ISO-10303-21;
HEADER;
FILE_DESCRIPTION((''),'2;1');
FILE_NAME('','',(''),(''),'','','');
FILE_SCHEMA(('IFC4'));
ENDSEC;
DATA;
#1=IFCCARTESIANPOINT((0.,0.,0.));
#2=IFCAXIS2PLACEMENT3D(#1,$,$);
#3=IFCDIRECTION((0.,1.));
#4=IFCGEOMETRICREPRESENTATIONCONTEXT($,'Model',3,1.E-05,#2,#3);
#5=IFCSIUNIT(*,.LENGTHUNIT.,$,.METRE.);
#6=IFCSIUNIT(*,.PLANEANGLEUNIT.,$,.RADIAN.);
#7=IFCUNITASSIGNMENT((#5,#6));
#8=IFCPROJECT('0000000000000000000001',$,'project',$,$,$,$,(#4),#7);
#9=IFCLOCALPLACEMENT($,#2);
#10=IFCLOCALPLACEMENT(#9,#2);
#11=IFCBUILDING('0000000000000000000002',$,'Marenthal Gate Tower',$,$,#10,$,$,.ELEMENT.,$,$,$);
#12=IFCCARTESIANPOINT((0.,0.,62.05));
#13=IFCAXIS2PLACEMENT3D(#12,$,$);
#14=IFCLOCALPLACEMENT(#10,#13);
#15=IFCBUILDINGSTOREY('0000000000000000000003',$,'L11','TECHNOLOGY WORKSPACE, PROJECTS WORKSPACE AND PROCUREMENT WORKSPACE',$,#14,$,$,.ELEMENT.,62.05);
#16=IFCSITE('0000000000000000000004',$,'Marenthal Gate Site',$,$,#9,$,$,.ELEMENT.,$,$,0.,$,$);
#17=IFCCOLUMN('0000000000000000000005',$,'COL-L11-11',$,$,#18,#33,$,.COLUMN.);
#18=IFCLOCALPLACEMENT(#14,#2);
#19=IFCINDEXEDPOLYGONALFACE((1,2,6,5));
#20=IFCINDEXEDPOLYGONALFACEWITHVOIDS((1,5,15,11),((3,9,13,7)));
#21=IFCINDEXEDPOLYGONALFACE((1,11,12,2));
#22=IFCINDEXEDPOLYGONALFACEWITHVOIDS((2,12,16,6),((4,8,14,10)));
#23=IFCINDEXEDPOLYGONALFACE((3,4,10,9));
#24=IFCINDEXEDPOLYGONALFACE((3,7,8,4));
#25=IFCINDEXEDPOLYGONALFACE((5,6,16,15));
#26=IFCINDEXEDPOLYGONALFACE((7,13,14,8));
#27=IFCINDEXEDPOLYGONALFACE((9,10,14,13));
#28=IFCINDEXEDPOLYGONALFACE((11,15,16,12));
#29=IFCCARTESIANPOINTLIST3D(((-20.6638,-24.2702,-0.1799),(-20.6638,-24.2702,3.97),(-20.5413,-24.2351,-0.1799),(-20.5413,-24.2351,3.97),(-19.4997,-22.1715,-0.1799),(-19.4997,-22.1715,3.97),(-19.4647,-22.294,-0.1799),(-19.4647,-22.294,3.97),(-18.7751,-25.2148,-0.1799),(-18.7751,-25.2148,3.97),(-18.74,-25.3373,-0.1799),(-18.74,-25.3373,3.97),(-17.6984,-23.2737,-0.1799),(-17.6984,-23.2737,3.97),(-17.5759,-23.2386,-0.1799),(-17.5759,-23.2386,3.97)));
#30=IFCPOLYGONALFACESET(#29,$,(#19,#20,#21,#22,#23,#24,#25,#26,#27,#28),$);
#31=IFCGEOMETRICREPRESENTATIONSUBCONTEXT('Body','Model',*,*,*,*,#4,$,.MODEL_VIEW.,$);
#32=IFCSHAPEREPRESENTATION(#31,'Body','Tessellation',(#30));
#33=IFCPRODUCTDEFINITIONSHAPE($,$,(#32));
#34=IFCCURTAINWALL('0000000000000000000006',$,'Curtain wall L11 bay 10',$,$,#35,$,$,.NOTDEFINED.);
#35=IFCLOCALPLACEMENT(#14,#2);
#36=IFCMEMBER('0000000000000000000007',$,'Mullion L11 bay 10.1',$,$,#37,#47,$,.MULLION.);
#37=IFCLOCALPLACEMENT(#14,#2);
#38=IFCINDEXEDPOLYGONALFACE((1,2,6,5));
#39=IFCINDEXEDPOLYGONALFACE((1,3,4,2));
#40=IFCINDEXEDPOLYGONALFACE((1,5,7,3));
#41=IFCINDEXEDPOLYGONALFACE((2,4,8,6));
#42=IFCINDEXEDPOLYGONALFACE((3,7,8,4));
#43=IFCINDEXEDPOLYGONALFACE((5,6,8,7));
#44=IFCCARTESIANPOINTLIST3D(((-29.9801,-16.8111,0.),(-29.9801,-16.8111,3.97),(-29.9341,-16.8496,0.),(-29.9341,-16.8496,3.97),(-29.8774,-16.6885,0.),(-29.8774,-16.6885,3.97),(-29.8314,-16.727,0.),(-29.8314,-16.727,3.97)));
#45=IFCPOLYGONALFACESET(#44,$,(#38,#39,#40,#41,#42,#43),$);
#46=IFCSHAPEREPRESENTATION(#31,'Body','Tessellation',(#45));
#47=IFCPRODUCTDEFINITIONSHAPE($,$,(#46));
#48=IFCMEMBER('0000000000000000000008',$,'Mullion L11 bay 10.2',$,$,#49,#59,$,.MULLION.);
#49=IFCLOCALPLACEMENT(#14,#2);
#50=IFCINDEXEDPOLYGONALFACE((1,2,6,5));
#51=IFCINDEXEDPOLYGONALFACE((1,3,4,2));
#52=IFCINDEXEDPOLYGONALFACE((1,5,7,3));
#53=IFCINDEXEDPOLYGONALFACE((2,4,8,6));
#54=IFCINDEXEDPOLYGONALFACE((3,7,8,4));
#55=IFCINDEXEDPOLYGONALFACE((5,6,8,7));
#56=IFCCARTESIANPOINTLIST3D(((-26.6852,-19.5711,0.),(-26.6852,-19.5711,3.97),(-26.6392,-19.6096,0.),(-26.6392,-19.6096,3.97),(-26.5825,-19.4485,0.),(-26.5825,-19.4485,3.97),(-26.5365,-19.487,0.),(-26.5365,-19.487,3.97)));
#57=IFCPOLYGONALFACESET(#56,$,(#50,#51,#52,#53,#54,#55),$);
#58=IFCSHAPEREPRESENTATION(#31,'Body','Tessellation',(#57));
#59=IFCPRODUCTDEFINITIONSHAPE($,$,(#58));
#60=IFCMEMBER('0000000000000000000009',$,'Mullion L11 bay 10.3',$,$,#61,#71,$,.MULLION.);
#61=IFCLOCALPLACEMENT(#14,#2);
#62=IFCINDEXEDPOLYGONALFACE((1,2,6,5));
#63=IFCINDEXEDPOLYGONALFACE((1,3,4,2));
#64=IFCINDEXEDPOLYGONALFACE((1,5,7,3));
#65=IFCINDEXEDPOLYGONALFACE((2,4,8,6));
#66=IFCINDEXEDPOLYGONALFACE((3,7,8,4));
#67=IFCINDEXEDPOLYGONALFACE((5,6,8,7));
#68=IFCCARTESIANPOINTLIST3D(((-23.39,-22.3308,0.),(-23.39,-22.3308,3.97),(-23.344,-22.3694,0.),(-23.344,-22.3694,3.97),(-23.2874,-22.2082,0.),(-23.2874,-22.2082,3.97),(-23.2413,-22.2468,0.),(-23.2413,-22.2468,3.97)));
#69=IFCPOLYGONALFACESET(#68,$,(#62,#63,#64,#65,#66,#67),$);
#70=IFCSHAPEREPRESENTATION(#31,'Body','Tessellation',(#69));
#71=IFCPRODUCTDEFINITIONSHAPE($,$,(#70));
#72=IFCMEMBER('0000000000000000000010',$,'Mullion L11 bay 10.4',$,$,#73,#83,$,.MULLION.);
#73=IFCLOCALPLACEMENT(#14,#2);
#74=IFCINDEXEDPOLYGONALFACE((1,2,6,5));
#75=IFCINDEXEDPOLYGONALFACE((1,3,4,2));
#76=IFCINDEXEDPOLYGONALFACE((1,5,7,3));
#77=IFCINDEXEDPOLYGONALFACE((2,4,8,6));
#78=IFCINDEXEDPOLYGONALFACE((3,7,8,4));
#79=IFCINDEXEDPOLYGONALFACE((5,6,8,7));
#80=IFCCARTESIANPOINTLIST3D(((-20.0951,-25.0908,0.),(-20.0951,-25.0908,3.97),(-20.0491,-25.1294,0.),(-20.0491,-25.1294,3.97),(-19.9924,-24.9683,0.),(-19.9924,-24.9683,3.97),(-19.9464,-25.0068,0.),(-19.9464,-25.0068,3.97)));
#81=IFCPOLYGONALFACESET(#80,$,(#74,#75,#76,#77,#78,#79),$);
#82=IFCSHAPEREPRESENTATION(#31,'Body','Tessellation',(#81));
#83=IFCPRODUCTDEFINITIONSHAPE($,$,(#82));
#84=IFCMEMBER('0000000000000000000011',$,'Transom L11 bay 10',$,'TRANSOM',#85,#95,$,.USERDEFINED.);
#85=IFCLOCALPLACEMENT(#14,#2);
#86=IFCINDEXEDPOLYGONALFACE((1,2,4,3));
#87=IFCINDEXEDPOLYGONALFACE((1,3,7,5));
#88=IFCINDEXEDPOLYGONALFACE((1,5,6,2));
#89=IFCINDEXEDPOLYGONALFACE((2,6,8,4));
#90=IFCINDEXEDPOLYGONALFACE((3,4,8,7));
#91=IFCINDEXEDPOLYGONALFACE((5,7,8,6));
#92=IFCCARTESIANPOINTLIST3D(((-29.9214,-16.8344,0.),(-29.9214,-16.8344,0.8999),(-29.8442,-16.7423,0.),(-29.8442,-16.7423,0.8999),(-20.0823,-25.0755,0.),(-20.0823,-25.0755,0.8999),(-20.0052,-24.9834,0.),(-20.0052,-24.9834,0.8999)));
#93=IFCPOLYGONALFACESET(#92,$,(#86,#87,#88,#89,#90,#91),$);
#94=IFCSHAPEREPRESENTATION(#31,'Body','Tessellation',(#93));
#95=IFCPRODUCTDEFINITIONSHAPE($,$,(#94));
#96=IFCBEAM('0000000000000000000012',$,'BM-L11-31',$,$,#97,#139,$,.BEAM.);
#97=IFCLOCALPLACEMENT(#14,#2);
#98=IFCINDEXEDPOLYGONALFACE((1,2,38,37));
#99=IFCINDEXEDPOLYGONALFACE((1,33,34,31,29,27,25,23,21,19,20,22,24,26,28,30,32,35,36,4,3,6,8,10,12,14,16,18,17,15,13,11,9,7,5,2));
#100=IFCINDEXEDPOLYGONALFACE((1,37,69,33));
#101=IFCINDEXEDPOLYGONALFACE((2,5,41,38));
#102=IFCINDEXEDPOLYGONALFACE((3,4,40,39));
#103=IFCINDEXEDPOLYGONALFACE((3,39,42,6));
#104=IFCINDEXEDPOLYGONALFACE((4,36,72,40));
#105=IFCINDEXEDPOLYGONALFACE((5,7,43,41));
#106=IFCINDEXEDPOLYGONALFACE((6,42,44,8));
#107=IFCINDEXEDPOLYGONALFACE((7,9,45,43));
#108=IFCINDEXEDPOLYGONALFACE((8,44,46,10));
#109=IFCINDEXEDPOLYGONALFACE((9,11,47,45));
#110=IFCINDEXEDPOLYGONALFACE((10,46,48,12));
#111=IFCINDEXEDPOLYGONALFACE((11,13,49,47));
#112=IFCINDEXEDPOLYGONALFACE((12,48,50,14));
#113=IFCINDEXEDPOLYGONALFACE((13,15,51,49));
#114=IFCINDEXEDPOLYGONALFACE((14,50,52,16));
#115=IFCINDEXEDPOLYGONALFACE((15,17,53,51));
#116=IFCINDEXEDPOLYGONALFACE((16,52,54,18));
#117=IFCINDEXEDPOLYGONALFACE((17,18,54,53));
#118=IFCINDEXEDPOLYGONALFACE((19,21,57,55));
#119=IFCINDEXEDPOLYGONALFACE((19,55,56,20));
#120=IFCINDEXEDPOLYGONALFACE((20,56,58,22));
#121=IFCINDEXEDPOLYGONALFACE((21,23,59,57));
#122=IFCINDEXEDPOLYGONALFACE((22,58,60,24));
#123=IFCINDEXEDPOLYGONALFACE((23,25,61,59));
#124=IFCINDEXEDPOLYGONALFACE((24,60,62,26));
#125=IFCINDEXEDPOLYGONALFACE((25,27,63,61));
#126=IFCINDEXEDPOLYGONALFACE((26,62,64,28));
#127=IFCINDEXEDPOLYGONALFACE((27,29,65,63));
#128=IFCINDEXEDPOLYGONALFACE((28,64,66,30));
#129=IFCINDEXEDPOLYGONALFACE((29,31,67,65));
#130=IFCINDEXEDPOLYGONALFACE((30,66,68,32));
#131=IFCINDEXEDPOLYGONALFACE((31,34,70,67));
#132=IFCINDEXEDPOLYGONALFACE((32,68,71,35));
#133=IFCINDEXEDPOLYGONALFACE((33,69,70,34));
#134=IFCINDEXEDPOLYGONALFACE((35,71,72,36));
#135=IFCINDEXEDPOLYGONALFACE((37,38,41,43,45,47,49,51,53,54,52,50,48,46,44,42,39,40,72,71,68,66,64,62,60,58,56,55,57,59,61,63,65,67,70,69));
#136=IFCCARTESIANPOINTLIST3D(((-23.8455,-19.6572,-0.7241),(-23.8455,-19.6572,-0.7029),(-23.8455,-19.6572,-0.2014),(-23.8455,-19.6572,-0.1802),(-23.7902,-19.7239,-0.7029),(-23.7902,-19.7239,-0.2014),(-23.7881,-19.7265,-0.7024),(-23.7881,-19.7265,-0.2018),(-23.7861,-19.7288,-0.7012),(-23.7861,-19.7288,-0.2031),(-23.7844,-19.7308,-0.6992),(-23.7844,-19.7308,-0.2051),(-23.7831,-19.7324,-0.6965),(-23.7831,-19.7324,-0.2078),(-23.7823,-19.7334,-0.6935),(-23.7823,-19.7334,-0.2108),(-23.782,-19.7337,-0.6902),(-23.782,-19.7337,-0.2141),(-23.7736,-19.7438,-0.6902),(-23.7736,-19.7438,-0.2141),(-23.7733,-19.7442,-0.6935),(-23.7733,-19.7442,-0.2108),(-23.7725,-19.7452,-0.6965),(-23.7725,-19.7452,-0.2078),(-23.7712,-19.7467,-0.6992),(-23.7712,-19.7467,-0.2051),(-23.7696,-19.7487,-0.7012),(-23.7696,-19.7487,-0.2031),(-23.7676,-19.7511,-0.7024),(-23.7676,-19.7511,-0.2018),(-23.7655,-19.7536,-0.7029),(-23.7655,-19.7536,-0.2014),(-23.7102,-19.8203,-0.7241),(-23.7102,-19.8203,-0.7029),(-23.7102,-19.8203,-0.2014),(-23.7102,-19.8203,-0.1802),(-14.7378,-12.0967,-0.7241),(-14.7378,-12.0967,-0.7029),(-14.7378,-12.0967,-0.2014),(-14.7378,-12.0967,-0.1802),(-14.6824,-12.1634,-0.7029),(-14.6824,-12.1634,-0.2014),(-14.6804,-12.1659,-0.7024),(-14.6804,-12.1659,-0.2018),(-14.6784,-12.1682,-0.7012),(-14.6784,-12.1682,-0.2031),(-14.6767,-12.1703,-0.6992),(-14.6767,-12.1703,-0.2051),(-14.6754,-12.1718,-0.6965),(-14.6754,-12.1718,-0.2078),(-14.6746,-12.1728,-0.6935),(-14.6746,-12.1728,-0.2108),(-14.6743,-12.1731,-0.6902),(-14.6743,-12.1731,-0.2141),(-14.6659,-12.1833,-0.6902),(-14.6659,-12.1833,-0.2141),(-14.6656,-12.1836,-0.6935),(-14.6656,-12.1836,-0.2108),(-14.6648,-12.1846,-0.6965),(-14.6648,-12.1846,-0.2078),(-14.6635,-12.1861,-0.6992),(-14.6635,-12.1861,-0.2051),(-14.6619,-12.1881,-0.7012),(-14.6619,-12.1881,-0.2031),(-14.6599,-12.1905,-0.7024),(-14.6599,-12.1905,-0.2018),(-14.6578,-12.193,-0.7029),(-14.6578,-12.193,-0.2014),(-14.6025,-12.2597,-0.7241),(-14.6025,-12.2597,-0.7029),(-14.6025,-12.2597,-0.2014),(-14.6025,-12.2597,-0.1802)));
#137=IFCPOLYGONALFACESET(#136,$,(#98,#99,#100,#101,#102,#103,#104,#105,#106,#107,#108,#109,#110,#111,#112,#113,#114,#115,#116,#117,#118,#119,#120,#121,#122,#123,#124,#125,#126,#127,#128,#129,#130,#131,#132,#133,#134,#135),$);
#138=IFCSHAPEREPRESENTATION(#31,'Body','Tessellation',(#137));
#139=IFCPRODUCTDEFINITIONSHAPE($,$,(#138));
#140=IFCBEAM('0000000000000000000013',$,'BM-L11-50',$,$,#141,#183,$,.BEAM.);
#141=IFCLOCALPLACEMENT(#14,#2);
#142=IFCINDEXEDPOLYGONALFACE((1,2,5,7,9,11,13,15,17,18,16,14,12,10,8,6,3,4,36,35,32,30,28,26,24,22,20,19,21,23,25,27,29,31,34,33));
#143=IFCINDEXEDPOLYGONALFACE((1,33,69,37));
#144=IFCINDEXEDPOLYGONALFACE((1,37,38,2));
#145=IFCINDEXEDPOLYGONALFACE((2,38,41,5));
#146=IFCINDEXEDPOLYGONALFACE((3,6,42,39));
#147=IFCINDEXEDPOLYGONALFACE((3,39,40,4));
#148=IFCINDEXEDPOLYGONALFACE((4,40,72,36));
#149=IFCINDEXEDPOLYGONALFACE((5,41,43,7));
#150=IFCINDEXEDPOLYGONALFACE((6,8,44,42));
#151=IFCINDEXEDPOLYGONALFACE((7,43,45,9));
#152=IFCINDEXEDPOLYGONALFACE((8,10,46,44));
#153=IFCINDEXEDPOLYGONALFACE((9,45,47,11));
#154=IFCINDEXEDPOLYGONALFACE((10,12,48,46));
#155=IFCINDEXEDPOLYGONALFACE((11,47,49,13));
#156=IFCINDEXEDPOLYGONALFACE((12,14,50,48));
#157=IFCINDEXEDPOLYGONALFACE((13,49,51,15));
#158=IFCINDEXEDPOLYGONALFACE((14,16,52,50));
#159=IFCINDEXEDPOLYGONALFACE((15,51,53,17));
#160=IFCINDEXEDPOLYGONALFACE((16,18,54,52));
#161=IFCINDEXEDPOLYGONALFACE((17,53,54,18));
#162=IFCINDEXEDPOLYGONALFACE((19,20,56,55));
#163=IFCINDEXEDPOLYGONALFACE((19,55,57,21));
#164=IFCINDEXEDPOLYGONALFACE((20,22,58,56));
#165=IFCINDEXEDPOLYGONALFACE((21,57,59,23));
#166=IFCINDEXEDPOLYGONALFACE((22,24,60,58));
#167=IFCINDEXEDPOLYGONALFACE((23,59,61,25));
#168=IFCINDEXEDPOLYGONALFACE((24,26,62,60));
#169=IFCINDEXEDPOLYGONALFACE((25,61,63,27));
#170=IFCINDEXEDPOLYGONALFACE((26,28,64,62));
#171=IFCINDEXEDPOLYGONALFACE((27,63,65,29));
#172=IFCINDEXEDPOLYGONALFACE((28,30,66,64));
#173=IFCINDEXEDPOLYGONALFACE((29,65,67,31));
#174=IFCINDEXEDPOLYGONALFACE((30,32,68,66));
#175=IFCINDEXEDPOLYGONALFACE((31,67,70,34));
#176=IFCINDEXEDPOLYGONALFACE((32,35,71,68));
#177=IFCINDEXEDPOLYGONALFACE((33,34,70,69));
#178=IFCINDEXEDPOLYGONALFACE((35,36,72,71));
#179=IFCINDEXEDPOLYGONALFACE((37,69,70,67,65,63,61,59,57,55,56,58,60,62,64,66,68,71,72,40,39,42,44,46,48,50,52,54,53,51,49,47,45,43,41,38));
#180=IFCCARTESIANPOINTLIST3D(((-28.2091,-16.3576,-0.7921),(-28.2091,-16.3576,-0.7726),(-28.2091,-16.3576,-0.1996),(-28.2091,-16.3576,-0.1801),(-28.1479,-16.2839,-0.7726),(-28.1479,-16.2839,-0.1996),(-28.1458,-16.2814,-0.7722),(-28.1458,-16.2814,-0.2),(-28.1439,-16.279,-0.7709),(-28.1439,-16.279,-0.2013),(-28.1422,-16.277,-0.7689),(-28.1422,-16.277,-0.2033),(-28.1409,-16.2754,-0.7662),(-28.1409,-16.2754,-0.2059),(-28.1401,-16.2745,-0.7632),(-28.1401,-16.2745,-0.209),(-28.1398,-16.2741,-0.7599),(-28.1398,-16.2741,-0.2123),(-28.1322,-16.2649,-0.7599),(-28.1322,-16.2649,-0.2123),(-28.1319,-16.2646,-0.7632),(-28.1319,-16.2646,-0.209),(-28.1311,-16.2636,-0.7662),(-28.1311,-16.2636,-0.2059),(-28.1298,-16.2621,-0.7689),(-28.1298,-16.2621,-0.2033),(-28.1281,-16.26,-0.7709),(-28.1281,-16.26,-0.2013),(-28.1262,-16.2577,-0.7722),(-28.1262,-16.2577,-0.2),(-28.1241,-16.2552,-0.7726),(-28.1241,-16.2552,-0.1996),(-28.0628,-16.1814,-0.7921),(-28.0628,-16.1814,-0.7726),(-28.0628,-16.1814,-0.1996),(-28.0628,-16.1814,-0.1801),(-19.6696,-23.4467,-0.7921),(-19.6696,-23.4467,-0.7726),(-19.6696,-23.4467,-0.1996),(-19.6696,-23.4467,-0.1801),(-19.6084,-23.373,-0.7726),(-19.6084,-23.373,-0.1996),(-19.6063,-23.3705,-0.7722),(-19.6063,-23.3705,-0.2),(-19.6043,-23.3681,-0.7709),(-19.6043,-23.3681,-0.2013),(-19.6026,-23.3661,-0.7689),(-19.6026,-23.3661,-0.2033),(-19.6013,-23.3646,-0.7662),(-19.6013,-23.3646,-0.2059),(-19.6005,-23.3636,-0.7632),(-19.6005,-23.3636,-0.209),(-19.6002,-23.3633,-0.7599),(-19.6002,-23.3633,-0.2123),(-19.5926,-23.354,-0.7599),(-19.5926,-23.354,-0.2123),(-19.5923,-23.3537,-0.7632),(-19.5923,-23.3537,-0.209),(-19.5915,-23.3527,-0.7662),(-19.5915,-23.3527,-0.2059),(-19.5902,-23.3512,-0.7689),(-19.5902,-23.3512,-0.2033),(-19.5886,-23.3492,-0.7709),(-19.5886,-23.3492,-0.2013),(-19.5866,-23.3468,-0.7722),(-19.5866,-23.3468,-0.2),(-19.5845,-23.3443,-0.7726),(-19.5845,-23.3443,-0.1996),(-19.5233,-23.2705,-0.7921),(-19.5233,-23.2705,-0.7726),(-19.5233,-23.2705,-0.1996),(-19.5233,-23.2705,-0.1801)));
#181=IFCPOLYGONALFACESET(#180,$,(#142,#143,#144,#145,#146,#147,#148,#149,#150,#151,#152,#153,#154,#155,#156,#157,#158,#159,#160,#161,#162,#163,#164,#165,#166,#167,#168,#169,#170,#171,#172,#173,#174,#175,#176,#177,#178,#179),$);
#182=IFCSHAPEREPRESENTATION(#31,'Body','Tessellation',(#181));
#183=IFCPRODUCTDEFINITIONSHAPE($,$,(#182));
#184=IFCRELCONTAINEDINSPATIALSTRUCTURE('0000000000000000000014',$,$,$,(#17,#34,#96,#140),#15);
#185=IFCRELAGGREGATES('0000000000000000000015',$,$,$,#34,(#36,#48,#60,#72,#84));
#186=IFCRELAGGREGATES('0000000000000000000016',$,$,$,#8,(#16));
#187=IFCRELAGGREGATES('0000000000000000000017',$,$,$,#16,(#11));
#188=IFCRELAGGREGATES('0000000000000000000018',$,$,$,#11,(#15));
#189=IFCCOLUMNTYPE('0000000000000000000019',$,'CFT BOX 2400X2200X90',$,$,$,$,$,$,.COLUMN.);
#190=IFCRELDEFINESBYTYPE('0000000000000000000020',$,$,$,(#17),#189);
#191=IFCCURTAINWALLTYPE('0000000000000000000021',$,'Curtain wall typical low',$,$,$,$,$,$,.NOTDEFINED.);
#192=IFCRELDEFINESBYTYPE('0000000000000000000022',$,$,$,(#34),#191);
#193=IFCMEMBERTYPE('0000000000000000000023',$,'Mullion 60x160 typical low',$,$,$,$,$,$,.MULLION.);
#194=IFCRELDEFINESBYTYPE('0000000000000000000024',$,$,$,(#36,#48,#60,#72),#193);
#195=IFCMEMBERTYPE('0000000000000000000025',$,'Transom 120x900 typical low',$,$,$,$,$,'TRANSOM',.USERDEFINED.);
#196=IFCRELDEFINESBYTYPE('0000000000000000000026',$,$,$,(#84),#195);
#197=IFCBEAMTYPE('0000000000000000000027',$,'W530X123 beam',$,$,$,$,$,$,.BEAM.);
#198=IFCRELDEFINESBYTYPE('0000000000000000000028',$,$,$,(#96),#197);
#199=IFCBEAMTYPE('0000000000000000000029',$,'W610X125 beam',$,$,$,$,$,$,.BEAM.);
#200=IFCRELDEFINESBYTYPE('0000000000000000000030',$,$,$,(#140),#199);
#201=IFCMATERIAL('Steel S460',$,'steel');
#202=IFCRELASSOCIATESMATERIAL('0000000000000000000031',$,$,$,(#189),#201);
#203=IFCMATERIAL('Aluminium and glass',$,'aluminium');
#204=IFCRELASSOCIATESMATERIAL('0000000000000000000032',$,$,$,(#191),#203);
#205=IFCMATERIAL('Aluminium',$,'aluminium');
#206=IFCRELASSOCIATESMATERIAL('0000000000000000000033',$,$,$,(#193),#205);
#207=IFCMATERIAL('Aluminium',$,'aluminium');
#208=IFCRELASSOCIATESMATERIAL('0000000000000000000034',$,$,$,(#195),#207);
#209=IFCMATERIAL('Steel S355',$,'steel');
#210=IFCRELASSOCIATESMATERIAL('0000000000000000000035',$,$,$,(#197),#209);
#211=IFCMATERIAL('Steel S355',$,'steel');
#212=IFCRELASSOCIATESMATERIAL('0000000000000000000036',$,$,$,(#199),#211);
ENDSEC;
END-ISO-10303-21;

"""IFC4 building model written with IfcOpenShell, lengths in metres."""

from ifc_helpers import new_model, si_unit, direction, frame, origin, origin_2d, place, context, subcontext, project, spatial, rectangle, hollow_rectangle, i_section, extrude, material, material_profile, profile_set, type_object, element, aggregate, save


model = new_model("IFC4")

# Units and contexts
model_context = context("Model", 3, precision=1e-05, world=origin(), true_north=direction((0.0, 1.0)))
body_context = subcontext(model_context, "Body", "Model", "MODEL_VIEW")
ifc_project = project(units=[si_unit("LENGTHUNIT", "METRE"), si_unit("PLANEANGLEUNIT", "RADIAN")], contexts=[model_context])

# Site, building, storey
site_placement = place(None, origin())
site = spatial("IfcSite", under=ifc_project, at=site_placement, Name="Marenthal Gate Site", CompositionType="ELEMENT", RefElevation=0.0)
building_placement = place(site_placement, origin())
building = spatial("IfcBuilding", under=site, at=building_placement, Name="Marenthal Gate Tower", CompositionType="ELEMENT")
storey_placement = place(building_placement, frame((0.0, 0.0, 62.05)))
storey = spatial("IfcBuildingStorey", under=building, at=storey_placement, Name="L11", Description="TECHNOLOGY WORKSPACE, PROJECTS WORKSPACE AND PROCUREMENT WORKSPACE", CompositionType="ELEMENT", Elevation=62.05)

# Column
ifc_material_1 = material(Name="Steel S460", Category="steel")
ifc_material_profile_1 = material_profile(ifc_material_1, hollow_rectangle(XDim=2.2, YDim=2.3999, WallThickness=0.0901, at=origin_2d()), Name="CFT BOX 2400X2200X90")
ifc_material_2 = material(Name="Concrete 70 MPa", Category="concrete")
ifc_material_profile_2 = material_profile(ifc_material_2, rectangle(XDim=2.02, YDim=2.22, at=origin_2d()), Name="CFT BOX 2400X2200X90 INFILL")
ifc_profile_set_1 = profile_set([ifc_material_profile_1, ifc_material_profile_2], Name="Steel S460 shell, Concrete 70 MPa infill")
column_type = type_object("IfcColumnType", Name="CFT BOX 2400X2200X90", PredefinedType="COLUMN", material=ifc_profile_set_1)
column_placement = place(storey_placement, frame((-19.1199, -23.7544, -0.1799), z_axis=(0.0, 0.0, 1.0), x_axis=(-0.874483, 0.485055, 0.0)))
element("IfcColumn", 1, at=column_placement, inside=storey, type_object=column_type, Name="COL-L11-11", PredefinedType="COLUMN", context=body_context, shape_type="SweptSolid", body=[
    extrude(hollow_rectangle(XDim=2.2, YDim=2.3999, WallThickness=0.0901, at=origin_2d()), origin(), (0.0, 0.0, 1.0), 4.1499),
])

# Curtain wall, members
ifc_material_3 = material(Name="Aluminium and glass", Category="aluminium")
curtain_wall_type = type_object("IfcCurtainWallType", Name="Curtain wall typical low", PredefinedType="NOTDEFINED", material=ifc_material_3)
curtain_wall_placement = place(storey_placement, origin())
curtain_wall = element("IfcCurtainWall", 2, at=curtain_wall_placement, inside=storey, type_object=curtain_wall_type, Name="Curtain wall L11 bay 10", PredefinedType="NOTDEFINED")
ifc_material_4 = material(Name="Aluminium", Category="aluminium")
ifc_material_profile_3 = material_profile(ifc_material_4, rectangle(XDim=0.1599, YDim=0.0601, at=origin_2d()), Name="60x160 aluminium mullion")
ifc_profile_set_2 = profile_set([ifc_material_profile_3], Name="Aluminium")
member_type_1 = type_object("IfcMemberType", Name="Mullion 60x160 typical low", PredefinedType="MULLION", material=ifc_profile_set_2)
member_1_placement = place(storey_placement, frame((-29.9058, -16.769, 0.0), z_axis=(0.0, 0.0, 1.0), x_axis=(0.642112, 0.766611, 0.0)))
member_1 = element("IfcMember", 3, at=member_1_placement, type_object=member_type_1, Name="Mullion L11 bay 10.1", PredefinedType="MULLION", context=body_context, shape_type="SweptSolid", body=[
    extrude(rectangle(XDim=0.1599, YDim=0.0601, at=origin_2d()), origin(), (0.0, 0.0, 1.0), 3.97),
])
member_2_placement = place(storey_placement, frame((-26.6108, -19.5291, 0.0), z_axis=(0.0, 0.0, 1.0), x_axis=(0.642112, 0.766611, 0.0)))
member_2 = element("IfcMember", 4, at=member_2_placement, type_object=member_type_1, Name="Mullion L11 bay 10.2", PredefinedType="MULLION", context=body_context, shape_type="SweptSolid", body=[
    extrude(rectangle(XDim=0.1599, YDim=0.0601, at=origin_2d()), origin(), (0.0, 0.0, 1.0), 3.97),
])
member_3_placement = place(storey_placement, frame((-23.3157, -22.2888, 0.0), z_axis=(0.0, 0.0, 1.0), x_axis=(0.642112, 0.766611, 0.0)))
member_3 = element("IfcMember", 5, at=member_3_placement, type_object=member_type_1, Name="Mullion L11 bay 10.3", PredefinedType="MULLION", context=body_context, shape_type="SweptSolid", body=[
    extrude(rectangle(XDim=0.1599, YDim=0.0601, at=origin_2d()), origin(), (0.0, 0.0, 1.0), 3.97),
])
member_4_placement = place(storey_placement, frame((-20.0208, -25.0488, 0.0), z_axis=(0.0, 0.0, 1.0), x_axis=(0.642112, 0.766611, 0.0)))
member_4 = element("IfcMember", 6, at=member_4_placement, type_object=member_type_1, Name="Mullion L11 bay 10.4", PredefinedType="MULLION", context=body_context, shape_type="SweptSolid", body=[
    extrude(rectangle(XDim=0.1599, YDim=0.0601, at=origin_2d()), origin(), (0.0, 0.0, 1.0), 3.97),
])
ifc_material_5 = material(Name="Aluminium", Category="aluminium")
ifc_material_profile_4 = material_profile(ifc_material_5, rectangle(XDim=0.1201, YDim=0.8999, at=origin_2d()), Name="120x900 aluminium transom")
ifc_profile_set_3 = profile_set([ifc_material_profile_4], Name="Aluminium")
member_type_2 = type_object("IfcMemberType", Name="Transom 120x900 typical low", ElementType="TRANSOM", PredefinedType="USERDEFINED", material=ifc_profile_set_3)
member_5_placement = place(storey_placement, frame((-29.8828, -16.7883, 0.45), z_axis=(0.766611, -0.642111, 0.0), x_axis=(0.642111, 0.766611, 0.0)))
member_5 = element("IfcMember", 7, at=member_5_placement, type_object=member_type_2, Name="Transom L11 bay 10", ObjectType="TRANSOM", PredefinedType="USERDEFINED", context=body_context, shape_type="SweptSolid", body=[
    extrude(rectangle(XDim=0.1201, YDim=0.8999, at=origin_2d()), origin(), (0.0, 0.0, 1.0), 12.8345),
])

# Beams
ifc_material_6 = material(Name="Steel S355", Category="steel")
ifc_material_profile_5 = material_profile(ifc_material_6, i_section(OverallWidth=0.2119, OverallDepth=0.5439, WebThickness=0.0132, FlangeThickness=0.0212, FilletRadius=0.0127, at=origin_2d()), Name="W530X123")
ifc_profile_set_4 = profile_set([ifc_material_profile_5], Name="Steel S355")
beam_type_1 = type_object("IfcBeamType", Name="W530X123 beam", PredefinedType="BEAM", material=ifc_profile_set_4)
beam_1_placement = place(storey_placement, frame((-23.7778, -19.7388, -0.4521), z_axis=(0.769432, 0.638729, 0.0), x_axis=(-0.638729, 0.769432, 0.0)))
element("IfcBeam", 8, at=beam_1_placement, inside=storey, type_object=beam_type_1, Name="BM-L11-31", PredefinedType="BEAM", context=body_context, shape_type="SweptSolid", body=[
    extrude(i_section(OverallWidth=0.2119, OverallDepth=0.5439, WebThickness=0.0132, FlangeThickness=0.0212, FilletRadius=0.0127, at=origin_2d()), origin(), (0.0, 0.0, 1.0), 11.8369),
])
ifc_material_7 = material(Name="Steel S355", Category="steel")
ifc_material_profile_6 = material_profile(ifc_material_7, i_section(OverallWidth=0.229, OverallDepth=0.6121, WebThickness=0.012, FlangeThickness=0.0195, FilletRadius=0.0127, at=origin_2d()), Name="W610X125")
ifc_profile_set_5 = profile_set([ifc_material_profile_6], Name="Steel S355")
beam_type_2 = type_object("IfcBeamType", Name="W610X125 beam", PredefinedType="BEAM", material=ifc_profile_set_5)
beam_2_placement = place(storey_placement, frame((-28.136, -16.2695, -0.4861), z_axis=(0.769424, -0.638738, 0.0), x_axis=(0.638738, 0.769424, 0.0)))
element("IfcBeam", 9, at=beam_2_placement, inside=storey, type_object=beam_type_2, Name="BM-L11-50", PredefinedType="BEAM", context=body_context, shape_type="SweptSolid", body=[
    extrude(i_section(OverallWidth=0.229, OverallDepth=0.6121, WebThickness=0.012, FlangeThickness=0.0195, FilletRadius=0.0127, at=origin_2d()), origin(), (0.0, 0.0, 1.0), 11.0986),
])

aggregate(curtain_wall, [member_1, member_2, member_3, member_4, member_5])

save(model, "model.ifc")
